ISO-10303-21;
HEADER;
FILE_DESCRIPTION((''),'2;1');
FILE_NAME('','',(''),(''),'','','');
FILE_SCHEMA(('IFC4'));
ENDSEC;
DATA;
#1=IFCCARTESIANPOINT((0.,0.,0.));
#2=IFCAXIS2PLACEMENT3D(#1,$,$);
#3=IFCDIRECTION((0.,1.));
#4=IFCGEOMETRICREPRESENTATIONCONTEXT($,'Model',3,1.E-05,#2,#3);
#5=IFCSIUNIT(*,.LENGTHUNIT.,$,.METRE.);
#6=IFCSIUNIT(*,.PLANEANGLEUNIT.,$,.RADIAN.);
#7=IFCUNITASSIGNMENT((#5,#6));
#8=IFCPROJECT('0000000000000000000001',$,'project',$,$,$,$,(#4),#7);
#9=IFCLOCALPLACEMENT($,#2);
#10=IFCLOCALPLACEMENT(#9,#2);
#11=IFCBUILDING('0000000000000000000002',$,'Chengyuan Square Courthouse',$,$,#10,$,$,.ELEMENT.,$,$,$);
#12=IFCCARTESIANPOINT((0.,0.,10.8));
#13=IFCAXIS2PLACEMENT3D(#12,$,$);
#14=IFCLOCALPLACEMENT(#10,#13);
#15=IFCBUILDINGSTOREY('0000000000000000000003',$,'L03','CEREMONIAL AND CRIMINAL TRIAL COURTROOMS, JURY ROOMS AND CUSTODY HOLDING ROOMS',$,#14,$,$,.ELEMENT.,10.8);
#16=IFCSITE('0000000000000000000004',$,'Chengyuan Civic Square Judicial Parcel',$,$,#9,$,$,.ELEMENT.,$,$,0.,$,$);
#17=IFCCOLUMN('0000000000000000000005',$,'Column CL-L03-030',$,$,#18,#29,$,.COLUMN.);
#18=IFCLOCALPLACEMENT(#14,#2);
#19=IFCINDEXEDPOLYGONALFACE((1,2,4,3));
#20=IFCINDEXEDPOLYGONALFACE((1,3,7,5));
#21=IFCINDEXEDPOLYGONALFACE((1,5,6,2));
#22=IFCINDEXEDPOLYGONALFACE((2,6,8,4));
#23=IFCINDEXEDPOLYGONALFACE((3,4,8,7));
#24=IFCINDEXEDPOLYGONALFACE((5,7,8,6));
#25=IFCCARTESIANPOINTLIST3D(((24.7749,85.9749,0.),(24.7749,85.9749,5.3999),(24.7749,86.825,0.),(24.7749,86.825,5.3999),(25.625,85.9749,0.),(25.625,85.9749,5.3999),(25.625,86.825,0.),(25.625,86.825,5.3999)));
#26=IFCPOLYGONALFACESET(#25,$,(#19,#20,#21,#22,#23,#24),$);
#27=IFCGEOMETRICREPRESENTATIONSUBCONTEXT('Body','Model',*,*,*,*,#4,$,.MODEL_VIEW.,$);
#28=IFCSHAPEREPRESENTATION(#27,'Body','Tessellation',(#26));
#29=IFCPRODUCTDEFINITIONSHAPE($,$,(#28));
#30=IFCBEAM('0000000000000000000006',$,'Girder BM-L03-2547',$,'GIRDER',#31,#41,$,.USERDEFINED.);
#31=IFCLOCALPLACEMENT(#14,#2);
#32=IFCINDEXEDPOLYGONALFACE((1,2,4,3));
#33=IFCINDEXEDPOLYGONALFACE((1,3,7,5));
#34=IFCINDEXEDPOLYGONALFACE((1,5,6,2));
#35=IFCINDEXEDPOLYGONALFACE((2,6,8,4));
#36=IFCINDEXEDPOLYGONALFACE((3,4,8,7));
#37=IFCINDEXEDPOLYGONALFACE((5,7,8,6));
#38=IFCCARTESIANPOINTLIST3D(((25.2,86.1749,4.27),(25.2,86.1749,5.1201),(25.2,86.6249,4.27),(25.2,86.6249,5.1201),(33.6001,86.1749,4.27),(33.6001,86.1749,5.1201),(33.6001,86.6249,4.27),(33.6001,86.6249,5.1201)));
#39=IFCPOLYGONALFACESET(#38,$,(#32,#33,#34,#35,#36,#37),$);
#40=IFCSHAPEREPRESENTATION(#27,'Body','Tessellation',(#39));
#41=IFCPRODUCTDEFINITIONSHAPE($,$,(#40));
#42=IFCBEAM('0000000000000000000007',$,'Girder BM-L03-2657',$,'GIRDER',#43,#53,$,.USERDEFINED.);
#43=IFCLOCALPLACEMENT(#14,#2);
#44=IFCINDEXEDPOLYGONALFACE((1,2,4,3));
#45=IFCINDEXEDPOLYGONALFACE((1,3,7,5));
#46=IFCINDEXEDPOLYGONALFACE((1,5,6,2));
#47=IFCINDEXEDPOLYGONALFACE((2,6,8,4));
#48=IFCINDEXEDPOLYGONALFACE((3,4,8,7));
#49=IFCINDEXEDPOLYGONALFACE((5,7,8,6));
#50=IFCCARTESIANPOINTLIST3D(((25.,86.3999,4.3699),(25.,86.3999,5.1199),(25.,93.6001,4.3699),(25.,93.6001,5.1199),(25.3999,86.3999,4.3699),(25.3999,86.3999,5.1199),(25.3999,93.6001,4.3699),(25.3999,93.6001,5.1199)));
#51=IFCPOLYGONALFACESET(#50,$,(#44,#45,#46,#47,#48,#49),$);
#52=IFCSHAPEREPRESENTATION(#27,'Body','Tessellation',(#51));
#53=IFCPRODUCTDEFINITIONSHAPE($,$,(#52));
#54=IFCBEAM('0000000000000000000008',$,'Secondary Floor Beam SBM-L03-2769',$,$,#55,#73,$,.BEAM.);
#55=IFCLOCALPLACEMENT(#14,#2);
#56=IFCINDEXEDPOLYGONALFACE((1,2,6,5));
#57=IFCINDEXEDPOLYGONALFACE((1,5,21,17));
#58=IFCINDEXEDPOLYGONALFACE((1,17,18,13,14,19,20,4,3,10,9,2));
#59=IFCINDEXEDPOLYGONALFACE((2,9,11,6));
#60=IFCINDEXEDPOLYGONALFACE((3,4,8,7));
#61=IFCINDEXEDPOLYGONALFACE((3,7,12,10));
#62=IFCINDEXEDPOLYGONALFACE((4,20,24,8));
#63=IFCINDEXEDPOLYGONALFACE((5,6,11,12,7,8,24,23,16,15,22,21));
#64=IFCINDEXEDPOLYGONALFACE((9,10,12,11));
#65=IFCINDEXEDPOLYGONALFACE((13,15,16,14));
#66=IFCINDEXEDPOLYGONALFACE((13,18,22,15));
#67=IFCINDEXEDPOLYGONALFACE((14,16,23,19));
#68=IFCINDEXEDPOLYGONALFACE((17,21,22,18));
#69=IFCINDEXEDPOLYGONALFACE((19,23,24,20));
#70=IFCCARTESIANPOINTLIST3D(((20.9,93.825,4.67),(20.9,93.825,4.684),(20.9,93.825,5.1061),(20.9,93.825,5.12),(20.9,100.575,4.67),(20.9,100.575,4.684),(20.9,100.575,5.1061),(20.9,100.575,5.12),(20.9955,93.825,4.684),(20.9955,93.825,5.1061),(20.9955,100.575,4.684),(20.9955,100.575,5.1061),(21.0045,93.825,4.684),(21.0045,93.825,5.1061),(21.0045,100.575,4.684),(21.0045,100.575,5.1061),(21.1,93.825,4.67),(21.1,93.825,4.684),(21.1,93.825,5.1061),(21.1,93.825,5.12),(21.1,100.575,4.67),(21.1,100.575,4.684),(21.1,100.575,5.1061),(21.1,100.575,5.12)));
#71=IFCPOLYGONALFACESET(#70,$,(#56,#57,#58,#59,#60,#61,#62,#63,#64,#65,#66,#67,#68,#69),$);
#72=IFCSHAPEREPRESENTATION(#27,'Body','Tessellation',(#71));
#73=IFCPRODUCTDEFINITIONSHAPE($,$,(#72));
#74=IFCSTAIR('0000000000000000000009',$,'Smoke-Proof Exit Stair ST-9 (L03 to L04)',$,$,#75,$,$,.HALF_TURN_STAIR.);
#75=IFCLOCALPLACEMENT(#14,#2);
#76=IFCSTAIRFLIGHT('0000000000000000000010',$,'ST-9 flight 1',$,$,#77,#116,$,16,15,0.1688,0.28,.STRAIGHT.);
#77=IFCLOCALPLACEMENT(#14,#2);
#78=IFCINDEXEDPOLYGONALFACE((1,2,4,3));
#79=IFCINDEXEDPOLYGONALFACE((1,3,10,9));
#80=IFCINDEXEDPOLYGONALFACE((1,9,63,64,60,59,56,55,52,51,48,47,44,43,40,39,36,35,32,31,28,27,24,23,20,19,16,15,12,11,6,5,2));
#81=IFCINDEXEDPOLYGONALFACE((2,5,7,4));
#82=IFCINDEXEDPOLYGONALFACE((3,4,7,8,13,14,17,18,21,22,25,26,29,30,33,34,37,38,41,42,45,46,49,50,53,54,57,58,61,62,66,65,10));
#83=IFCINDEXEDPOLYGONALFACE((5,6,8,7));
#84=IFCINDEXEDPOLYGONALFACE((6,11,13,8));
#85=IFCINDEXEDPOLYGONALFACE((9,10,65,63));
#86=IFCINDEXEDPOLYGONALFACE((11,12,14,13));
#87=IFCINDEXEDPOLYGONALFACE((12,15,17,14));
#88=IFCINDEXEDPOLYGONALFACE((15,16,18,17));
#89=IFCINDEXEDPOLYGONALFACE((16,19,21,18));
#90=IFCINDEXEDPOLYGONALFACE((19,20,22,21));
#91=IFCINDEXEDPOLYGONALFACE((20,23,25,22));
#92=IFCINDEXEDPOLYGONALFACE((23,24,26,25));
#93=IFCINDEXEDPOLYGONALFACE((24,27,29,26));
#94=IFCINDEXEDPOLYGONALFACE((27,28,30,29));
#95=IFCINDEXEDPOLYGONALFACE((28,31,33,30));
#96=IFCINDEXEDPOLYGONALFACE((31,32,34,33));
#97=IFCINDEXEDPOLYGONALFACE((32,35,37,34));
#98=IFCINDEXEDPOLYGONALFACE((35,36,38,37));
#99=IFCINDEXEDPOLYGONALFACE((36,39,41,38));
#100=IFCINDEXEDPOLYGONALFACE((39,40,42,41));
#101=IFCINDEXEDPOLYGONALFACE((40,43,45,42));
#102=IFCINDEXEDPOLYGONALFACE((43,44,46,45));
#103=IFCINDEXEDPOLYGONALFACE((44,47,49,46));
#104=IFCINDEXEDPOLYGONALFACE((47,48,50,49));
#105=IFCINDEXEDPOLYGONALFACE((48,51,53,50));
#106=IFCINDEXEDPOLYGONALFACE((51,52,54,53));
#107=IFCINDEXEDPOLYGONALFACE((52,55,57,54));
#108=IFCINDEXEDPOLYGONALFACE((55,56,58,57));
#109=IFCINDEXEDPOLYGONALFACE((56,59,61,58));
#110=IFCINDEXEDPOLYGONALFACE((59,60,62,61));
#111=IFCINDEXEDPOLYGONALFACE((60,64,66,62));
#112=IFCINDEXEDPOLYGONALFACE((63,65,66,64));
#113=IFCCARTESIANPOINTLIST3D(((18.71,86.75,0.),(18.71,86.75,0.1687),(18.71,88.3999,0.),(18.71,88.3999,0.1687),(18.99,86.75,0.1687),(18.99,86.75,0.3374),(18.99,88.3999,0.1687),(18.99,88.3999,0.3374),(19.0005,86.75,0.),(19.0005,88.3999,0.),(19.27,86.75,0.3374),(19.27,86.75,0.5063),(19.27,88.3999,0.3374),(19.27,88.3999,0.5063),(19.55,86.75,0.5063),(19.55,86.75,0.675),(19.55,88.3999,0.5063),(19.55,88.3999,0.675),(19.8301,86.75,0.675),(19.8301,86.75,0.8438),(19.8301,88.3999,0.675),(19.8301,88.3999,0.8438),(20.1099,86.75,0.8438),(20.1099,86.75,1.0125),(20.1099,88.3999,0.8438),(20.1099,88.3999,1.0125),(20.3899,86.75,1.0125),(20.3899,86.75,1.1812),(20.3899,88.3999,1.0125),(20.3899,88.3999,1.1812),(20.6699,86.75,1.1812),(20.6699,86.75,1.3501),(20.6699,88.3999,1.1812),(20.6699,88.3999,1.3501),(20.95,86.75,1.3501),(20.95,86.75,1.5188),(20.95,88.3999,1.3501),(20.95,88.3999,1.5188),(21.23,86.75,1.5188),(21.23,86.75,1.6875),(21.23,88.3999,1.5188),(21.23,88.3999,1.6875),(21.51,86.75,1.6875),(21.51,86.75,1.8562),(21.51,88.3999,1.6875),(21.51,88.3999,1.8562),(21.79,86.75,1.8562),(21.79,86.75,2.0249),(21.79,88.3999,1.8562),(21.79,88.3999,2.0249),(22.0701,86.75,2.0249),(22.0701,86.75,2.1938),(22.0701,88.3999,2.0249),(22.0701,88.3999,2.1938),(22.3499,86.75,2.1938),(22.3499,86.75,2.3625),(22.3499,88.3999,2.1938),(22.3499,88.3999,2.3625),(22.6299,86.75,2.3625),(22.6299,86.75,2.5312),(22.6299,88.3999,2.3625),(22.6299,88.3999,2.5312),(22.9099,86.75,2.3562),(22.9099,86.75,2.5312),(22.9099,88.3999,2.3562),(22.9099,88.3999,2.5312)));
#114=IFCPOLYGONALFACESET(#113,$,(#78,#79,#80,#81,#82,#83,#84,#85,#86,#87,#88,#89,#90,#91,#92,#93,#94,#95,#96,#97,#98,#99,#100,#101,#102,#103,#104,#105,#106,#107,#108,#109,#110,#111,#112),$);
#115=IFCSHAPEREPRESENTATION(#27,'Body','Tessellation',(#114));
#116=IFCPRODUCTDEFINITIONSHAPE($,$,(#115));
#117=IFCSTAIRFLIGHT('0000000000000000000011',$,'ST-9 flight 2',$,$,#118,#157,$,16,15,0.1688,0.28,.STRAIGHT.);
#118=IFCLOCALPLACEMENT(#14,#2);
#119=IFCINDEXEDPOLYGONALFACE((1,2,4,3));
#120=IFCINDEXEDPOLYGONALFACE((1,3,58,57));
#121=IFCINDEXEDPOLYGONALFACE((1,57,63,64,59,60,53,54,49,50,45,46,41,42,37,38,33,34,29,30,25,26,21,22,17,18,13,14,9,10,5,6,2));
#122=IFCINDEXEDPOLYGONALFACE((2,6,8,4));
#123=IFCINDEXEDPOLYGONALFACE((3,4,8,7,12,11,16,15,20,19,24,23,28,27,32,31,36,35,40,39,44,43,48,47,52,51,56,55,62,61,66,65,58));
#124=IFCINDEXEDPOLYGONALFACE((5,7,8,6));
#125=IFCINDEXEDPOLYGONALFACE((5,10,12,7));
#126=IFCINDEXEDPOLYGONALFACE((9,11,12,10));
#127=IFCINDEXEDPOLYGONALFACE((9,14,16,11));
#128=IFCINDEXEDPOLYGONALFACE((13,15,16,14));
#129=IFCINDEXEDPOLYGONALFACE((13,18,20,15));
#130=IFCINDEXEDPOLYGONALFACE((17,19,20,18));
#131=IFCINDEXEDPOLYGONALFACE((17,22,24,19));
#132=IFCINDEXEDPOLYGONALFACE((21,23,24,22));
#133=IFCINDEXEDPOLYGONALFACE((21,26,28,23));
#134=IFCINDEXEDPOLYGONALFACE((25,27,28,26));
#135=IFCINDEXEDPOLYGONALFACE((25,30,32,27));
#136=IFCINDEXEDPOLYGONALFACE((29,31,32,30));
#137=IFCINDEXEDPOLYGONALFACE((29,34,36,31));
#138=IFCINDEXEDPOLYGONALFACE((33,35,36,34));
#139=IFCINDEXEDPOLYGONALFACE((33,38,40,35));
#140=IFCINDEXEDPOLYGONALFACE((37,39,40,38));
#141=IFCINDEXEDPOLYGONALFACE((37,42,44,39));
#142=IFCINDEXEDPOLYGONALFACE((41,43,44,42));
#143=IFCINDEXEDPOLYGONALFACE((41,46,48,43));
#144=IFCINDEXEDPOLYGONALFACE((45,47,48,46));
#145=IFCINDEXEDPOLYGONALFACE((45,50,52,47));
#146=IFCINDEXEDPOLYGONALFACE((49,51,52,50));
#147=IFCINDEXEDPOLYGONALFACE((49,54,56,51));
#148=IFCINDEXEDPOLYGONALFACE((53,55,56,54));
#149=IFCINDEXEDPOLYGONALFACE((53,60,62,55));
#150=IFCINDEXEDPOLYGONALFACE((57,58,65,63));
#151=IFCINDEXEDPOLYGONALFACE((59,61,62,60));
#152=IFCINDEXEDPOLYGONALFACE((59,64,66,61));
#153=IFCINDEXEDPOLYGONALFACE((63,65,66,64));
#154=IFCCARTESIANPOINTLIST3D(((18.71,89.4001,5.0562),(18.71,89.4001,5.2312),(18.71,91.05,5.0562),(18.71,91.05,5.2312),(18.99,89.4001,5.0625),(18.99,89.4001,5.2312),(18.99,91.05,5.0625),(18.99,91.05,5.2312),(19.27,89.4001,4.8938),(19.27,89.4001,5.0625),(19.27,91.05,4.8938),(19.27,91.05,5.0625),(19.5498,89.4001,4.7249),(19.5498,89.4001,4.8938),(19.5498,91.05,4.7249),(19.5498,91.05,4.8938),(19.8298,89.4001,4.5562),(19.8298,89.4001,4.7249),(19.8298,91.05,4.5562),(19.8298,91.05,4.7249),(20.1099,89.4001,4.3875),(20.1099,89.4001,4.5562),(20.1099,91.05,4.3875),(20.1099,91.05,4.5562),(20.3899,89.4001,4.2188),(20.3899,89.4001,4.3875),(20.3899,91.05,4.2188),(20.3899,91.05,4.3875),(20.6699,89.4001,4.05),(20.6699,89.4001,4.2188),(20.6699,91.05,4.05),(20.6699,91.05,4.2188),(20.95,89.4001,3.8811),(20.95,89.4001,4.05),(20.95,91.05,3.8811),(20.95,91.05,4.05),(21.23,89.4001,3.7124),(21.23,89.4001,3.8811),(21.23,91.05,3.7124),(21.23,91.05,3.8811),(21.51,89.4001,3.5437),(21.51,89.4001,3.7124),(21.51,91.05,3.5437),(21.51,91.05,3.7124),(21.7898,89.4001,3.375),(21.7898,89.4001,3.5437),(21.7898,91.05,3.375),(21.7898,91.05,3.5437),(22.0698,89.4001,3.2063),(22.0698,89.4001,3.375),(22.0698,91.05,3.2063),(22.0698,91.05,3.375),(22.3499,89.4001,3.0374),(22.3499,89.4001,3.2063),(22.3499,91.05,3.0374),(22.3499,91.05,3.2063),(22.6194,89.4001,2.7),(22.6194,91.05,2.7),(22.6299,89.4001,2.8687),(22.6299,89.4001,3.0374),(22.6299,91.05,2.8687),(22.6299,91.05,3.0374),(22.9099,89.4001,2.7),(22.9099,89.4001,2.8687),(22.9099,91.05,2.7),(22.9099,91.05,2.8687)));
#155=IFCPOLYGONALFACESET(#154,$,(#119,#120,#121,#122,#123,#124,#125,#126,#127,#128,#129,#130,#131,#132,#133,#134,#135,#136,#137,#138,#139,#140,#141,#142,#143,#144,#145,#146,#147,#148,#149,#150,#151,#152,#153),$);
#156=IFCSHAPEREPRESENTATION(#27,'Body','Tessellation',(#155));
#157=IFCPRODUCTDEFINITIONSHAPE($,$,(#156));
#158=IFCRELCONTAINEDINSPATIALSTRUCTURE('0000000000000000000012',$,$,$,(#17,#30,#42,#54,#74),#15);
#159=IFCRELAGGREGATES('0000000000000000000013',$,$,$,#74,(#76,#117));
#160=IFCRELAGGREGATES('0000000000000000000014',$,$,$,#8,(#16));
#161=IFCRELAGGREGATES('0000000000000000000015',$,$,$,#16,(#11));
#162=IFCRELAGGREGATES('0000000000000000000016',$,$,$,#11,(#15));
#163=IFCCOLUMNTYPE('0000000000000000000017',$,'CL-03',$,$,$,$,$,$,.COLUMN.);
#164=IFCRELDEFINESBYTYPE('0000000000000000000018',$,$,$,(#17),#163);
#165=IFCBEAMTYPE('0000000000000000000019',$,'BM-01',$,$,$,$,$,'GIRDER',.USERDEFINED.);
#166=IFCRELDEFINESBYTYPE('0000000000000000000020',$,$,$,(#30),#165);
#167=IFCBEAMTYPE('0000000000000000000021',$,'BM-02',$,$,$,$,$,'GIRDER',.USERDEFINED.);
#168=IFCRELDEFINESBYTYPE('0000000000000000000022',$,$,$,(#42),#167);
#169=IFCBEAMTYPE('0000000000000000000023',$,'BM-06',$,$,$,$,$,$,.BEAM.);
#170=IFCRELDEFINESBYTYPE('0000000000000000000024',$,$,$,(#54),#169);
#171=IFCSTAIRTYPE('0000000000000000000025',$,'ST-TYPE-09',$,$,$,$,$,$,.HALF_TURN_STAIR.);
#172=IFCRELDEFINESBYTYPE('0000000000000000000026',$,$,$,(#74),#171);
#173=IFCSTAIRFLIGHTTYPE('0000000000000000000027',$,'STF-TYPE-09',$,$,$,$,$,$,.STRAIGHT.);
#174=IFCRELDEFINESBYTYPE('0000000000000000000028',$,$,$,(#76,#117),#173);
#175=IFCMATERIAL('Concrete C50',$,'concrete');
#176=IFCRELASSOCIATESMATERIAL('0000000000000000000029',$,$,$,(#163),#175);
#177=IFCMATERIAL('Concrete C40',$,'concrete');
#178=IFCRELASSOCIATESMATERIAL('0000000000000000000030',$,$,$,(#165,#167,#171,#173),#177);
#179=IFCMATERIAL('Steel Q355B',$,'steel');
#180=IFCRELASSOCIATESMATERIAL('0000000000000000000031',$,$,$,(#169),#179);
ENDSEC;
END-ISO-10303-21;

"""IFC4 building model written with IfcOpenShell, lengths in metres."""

from ifc_helpers import new_model, si_unit, direction, frame, origin, origin_2d, place, context, subcontext, project, spatial, polyline, rectangle, i_section, outline, extrude, material, material_profile, profile_set, type_object, element, aggregate, save


model = new_model("IFC4")

# Units and contexts
model_context = context("Model", 3, precision=1e-05, world=origin(), true_north=direction((0.0, 1.0)))
body_context = subcontext(model_context, "Body", "Model", "MODEL_VIEW")
ifc_project = project(units=[si_unit("LENGTHUNIT", "METRE"), si_unit("PLANEANGLEUNIT", "RADIAN")], contexts=[model_context])

# Site, building, storey
site_placement = place(None, origin())
site = spatial("IfcSite", under=ifc_project, at=site_placement, Name="Chengyuan Civic Square Judicial Parcel", CompositionType="ELEMENT", RefElevation=0.0)
building_placement = place(site_placement, origin())
building = spatial("IfcBuilding", under=site, at=building_placement, Name="Chengyuan Square Courthouse", CompositionType="ELEMENT")
storey_placement = place(building_placement, frame((0.0, 0.0, 10.8)))
storey = spatial("IfcBuildingStorey", under=building, at=storey_placement, Name="L03", Description="CEREMONIAL AND CRIMINAL TRIAL COURTROOMS, JURY ROOMS AND CUSTODY HOLDING ROOMS", CompositionType="ELEMENT", Elevation=10.8)

# Column
ifc_material_1 = material(Name="Concrete C50", Category="concrete")
ifc_material_profile_1 = material_profile(ifc_material_1, rectangle(XDim=0.8501, YDim=0.8501, at=origin_2d()), Name="RC-COL-850x850")
ifc_profile_set_1 = profile_set([ifc_material_profile_1], Name="Concrete C50")
column_type = type_object("IfcColumnType", Name="CL-03", PredefinedType="COLUMN", material=ifc_profile_set_1)
column_placement = place(storey_placement, frame((25.2, 86.3999, 0.0), z_axis=(0.0, 0.0, 1.0), x_axis=(1.0, 0.0, 0.0)))
element("IfcColumn", 1, at=column_placement, inside=storey, type_object=column_type, Name="Column CL-L03-030", PredefinedType="COLUMN", context=body_context, shape_type="SweptSolid", body=[
    extrude(rectangle(XDim=0.8501, YDim=0.8501, at=origin_2d()), origin(), (0.0, 0.0, 1.0), 5.3999),
])

# Beams
ifc_material_2 = material(Name="Concrete C40", Category="concrete")
ifc_material_profile_2 = material_profile(ifc_material_2, rectangle(XDim=0.45, YDim=0.8501, at=origin_2d()), Name="RC-BM-450x850")
ifc_profile_set_2 = profile_set([ifc_material_profile_2], Name="Concrete C40")
beam_type_1 = type_object("IfcBeamType", Name="BM-01", ElementType="GIRDER", PredefinedType="USERDEFINED", material=ifc_profile_set_2)
beam_1_placement = place(storey_placement, frame((25.2, 86.3999, 4.6951), z_axis=(1.0, 0.0, 0.0), x_axis=(0.0, 1.0, 0.0)))
element("IfcBeam", 2, at=beam_1_placement, inside=storey, type_object=beam_type_1, Name="Girder BM-L03-2547", ObjectType="GIRDER", PredefinedType="USERDEFINED", context=body_context, shape_type="SweptSolid", body=[
    extrude(rectangle(XDim=0.45, YDim=0.8501, at=origin_2d()), origin(), (0.0, 0.0, 1.0), 8.4001),
])
ifc_material_profile_3 = material_profile(ifc_material_2, rectangle(XDim=0.3999, YDim=0.75, at=origin_2d()), Name="RC-BM-400x750")
ifc_profile_set_3 = profile_set([ifc_material_profile_3], Name="Concrete C40")
beam_type_2 = type_object("IfcBeamType", Name="BM-02", ElementType="GIRDER", PredefinedType="USERDEFINED", material=ifc_profile_set_3)
beam_2_placement = place(storey_placement, frame((25.2, 86.3999, 4.7449), z_axis=(0.0, 1.0, 0.0), x_axis=(-1.0, 0.0, 0.0)))
element("IfcBeam", 3, at=beam_2_placement, inside=storey, type_object=beam_type_2, Name="Girder BM-L03-2657", ObjectType="GIRDER", PredefinedType="USERDEFINED", context=body_context, shape_type="SweptSolid", body=[
    extrude(rectangle(XDim=0.3999, YDim=0.75, at=origin_2d()), origin(), (0.0, 0.0, 1.0), 7.2002),
])
ifc_material_3 = material(Name="Steel Q355B", Category="steel")
ifc_material_profile_4 = material_profile(ifc_material_3, i_section(OverallWidth=0.2, OverallDepth=0.45, WebThickness=0.009, FlangeThickness=0.0139, at=origin_2d()), Name="HN 450x200x9x14")
ifc_profile_set_4 = profile_set([ifc_material_profile_4], Name="Steel Q355B")
beam_type_3 = type_object("IfcBeamType", Name="BM-06", PredefinedType="BEAM", material=ifc_profile_set_4)
beam_3_placement = place(storey_placement, frame((21.0, 93.825, 4.895), z_axis=(0.0, 1.0, 0.0), x_axis=(-1.0, 0.0, 0.0)))
element("IfcBeam", 4, at=beam_3_placement, inside=storey, type_object=beam_type_3, Name="Secondary Floor Beam SBM-L03-2769", PredefinedType="BEAM", context=body_context, shape_type="SweptSolid", body=[
    extrude(i_section(OverallWidth=0.2, OverallDepth=0.45, WebThickness=0.009, FlangeThickness=0.0139, at=origin_2d()), origin(), (0.0, 0.0, 1.0), 6.75),
])

# Stair, stair flights
stair_type = type_object("IfcStairType", Name="ST-TYPE-09", PredefinedType="HALF_TURN_STAIR", material=ifc_material_2)
stair_placement = place(storey_placement, origin())
stair = element("IfcStair", 5, at=stair_placement, inside=storey, type_object=stair_type, Name="Smoke-Proof Exit Stair ST-9 (L03 to L04)", PredefinedType="HALF_TURN_STAIR")
stair_flight_type = type_object("IfcStairFlightType", Name="STF-TYPE-09", PredefinedType="STRAIGHT", material=ifc_material_2)
stair_flight_1_placement = place(storey_placement, frame((18.71, 87.575, 0.0), z_axis=(0.0, 0.0, 1.0), x_axis=(1.0, 0.0, 0.0)))
stair_flight_1 = element("IfcStairFlight", 6, at=stair_flight_1_placement, type_object=stair_flight_type, Name="ST-9 flight 1", NumberOfRisers=16, NumberOfTreads=15, PredefinedType="STRAIGHT", RiserHeight=0.1688, TreadLength=0.28, context=body_context, shape_type="SweptSolid", body=[
    extrude(outline(polyline([(0.0, 0.0), (0.0, 0.1687), (0.28, 0.1687), (0.28, 0.3374), (0.5601, 0.3374), (0.5601, 0.5063), (0.8401, 0.5063), (0.8401, 0.675), (1.1201, 0.675), (1.1201, 0.8438), (1.3999, 0.8438), (1.3999, 1.0125), (1.6799, 1.0125), (1.6799, 1.1812), (1.96, 1.1812), (1.96, 1.3501), (2.24, 1.3501), (2.24, 1.5188), (2.52, 1.5188), (2.52, 1.6875), (2.8, 1.6875), (2.8, 1.8562), (3.0801, 1.8562), (3.0801, 2.0249), (3.3601, 2.0249), (3.3601, 2.1938), (3.6399, 2.1938), (3.6399, 2.3625), (3.9199, 2.3625), (3.9199, 2.5312), (4.2, 2.5312), (4.2, 2.7), (4.2, 2.3562), (0.2905, 0.0), (0.0, 0.0)])), frame((0.0, 0.825, 0.0), z_axis=(0.0, -1.0, 0.0), x_axis=(1.0, 0.0, 0.0)), (0.0, 0.0, 1.0), 1.6499),
])
stair_flight_2_placement = place(storey_placement, frame((22.9099, 90.2251, 2.7), z_axis=(0.0, 0.0, 1.0), x_axis=(-1.0, 0.0, 0.0)))
stair_flight_2 = element("IfcStairFlight", 7, at=stair_flight_2_placement, type_object=stair_flight_type, Name="ST-9 flight 2", NumberOfRisers=16, NumberOfTreads=15, PredefinedType="STRAIGHT", RiserHeight=0.1688, TreadLength=0.28, context=body_context, shape_type="SweptSolid", body=[
    extrude(outline(polyline([(0.0, 0.0), (0.0, 0.1687), (0.28, 0.1687), (0.28, 0.3374), (0.5601, 0.3374), (0.5601, 0.5063), (0.8401, 0.5063), (0.8401, 0.675), (1.1201, 0.675), (1.1201, 0.8438), (1.3999, 0.8438), (1.3999, 1.0125), (1.6799, 1.0125), (1.6799, 1.1812), (1.96, 1.1812), (1.96, 1.3501), (2.24, 1.3501), (2.24, 1.5188), (2.52, 1.5188), (2.52, 1.6875), (2.8, 1.6875), (2.8, 1.8562), (3.0801, 1.8562), (3.0801, 2.0249), (3.3601, 2.0249), (3.3601, 2.1938), (3.6399, 2.1938), (3.6399, 2.3625), (3.9199, 2.3625), (3.9199, 2.5312), (4.2, 2.5312), (4.2, 2.7), (4.2, 2.3562), (0.2905, 0.0), (0.0, 0.0)])), frame((0.0, 0.825, 0.0), z_axis=(0.0, -1.0, 0.0), x_axis=(1.0, 0.0, 0.0)), (0.0, 0.0, 1.0), 1.6499),
])
aggregate(stair, [stair_flight_1, stair_flight_2])

save(model, "model.ifc")
